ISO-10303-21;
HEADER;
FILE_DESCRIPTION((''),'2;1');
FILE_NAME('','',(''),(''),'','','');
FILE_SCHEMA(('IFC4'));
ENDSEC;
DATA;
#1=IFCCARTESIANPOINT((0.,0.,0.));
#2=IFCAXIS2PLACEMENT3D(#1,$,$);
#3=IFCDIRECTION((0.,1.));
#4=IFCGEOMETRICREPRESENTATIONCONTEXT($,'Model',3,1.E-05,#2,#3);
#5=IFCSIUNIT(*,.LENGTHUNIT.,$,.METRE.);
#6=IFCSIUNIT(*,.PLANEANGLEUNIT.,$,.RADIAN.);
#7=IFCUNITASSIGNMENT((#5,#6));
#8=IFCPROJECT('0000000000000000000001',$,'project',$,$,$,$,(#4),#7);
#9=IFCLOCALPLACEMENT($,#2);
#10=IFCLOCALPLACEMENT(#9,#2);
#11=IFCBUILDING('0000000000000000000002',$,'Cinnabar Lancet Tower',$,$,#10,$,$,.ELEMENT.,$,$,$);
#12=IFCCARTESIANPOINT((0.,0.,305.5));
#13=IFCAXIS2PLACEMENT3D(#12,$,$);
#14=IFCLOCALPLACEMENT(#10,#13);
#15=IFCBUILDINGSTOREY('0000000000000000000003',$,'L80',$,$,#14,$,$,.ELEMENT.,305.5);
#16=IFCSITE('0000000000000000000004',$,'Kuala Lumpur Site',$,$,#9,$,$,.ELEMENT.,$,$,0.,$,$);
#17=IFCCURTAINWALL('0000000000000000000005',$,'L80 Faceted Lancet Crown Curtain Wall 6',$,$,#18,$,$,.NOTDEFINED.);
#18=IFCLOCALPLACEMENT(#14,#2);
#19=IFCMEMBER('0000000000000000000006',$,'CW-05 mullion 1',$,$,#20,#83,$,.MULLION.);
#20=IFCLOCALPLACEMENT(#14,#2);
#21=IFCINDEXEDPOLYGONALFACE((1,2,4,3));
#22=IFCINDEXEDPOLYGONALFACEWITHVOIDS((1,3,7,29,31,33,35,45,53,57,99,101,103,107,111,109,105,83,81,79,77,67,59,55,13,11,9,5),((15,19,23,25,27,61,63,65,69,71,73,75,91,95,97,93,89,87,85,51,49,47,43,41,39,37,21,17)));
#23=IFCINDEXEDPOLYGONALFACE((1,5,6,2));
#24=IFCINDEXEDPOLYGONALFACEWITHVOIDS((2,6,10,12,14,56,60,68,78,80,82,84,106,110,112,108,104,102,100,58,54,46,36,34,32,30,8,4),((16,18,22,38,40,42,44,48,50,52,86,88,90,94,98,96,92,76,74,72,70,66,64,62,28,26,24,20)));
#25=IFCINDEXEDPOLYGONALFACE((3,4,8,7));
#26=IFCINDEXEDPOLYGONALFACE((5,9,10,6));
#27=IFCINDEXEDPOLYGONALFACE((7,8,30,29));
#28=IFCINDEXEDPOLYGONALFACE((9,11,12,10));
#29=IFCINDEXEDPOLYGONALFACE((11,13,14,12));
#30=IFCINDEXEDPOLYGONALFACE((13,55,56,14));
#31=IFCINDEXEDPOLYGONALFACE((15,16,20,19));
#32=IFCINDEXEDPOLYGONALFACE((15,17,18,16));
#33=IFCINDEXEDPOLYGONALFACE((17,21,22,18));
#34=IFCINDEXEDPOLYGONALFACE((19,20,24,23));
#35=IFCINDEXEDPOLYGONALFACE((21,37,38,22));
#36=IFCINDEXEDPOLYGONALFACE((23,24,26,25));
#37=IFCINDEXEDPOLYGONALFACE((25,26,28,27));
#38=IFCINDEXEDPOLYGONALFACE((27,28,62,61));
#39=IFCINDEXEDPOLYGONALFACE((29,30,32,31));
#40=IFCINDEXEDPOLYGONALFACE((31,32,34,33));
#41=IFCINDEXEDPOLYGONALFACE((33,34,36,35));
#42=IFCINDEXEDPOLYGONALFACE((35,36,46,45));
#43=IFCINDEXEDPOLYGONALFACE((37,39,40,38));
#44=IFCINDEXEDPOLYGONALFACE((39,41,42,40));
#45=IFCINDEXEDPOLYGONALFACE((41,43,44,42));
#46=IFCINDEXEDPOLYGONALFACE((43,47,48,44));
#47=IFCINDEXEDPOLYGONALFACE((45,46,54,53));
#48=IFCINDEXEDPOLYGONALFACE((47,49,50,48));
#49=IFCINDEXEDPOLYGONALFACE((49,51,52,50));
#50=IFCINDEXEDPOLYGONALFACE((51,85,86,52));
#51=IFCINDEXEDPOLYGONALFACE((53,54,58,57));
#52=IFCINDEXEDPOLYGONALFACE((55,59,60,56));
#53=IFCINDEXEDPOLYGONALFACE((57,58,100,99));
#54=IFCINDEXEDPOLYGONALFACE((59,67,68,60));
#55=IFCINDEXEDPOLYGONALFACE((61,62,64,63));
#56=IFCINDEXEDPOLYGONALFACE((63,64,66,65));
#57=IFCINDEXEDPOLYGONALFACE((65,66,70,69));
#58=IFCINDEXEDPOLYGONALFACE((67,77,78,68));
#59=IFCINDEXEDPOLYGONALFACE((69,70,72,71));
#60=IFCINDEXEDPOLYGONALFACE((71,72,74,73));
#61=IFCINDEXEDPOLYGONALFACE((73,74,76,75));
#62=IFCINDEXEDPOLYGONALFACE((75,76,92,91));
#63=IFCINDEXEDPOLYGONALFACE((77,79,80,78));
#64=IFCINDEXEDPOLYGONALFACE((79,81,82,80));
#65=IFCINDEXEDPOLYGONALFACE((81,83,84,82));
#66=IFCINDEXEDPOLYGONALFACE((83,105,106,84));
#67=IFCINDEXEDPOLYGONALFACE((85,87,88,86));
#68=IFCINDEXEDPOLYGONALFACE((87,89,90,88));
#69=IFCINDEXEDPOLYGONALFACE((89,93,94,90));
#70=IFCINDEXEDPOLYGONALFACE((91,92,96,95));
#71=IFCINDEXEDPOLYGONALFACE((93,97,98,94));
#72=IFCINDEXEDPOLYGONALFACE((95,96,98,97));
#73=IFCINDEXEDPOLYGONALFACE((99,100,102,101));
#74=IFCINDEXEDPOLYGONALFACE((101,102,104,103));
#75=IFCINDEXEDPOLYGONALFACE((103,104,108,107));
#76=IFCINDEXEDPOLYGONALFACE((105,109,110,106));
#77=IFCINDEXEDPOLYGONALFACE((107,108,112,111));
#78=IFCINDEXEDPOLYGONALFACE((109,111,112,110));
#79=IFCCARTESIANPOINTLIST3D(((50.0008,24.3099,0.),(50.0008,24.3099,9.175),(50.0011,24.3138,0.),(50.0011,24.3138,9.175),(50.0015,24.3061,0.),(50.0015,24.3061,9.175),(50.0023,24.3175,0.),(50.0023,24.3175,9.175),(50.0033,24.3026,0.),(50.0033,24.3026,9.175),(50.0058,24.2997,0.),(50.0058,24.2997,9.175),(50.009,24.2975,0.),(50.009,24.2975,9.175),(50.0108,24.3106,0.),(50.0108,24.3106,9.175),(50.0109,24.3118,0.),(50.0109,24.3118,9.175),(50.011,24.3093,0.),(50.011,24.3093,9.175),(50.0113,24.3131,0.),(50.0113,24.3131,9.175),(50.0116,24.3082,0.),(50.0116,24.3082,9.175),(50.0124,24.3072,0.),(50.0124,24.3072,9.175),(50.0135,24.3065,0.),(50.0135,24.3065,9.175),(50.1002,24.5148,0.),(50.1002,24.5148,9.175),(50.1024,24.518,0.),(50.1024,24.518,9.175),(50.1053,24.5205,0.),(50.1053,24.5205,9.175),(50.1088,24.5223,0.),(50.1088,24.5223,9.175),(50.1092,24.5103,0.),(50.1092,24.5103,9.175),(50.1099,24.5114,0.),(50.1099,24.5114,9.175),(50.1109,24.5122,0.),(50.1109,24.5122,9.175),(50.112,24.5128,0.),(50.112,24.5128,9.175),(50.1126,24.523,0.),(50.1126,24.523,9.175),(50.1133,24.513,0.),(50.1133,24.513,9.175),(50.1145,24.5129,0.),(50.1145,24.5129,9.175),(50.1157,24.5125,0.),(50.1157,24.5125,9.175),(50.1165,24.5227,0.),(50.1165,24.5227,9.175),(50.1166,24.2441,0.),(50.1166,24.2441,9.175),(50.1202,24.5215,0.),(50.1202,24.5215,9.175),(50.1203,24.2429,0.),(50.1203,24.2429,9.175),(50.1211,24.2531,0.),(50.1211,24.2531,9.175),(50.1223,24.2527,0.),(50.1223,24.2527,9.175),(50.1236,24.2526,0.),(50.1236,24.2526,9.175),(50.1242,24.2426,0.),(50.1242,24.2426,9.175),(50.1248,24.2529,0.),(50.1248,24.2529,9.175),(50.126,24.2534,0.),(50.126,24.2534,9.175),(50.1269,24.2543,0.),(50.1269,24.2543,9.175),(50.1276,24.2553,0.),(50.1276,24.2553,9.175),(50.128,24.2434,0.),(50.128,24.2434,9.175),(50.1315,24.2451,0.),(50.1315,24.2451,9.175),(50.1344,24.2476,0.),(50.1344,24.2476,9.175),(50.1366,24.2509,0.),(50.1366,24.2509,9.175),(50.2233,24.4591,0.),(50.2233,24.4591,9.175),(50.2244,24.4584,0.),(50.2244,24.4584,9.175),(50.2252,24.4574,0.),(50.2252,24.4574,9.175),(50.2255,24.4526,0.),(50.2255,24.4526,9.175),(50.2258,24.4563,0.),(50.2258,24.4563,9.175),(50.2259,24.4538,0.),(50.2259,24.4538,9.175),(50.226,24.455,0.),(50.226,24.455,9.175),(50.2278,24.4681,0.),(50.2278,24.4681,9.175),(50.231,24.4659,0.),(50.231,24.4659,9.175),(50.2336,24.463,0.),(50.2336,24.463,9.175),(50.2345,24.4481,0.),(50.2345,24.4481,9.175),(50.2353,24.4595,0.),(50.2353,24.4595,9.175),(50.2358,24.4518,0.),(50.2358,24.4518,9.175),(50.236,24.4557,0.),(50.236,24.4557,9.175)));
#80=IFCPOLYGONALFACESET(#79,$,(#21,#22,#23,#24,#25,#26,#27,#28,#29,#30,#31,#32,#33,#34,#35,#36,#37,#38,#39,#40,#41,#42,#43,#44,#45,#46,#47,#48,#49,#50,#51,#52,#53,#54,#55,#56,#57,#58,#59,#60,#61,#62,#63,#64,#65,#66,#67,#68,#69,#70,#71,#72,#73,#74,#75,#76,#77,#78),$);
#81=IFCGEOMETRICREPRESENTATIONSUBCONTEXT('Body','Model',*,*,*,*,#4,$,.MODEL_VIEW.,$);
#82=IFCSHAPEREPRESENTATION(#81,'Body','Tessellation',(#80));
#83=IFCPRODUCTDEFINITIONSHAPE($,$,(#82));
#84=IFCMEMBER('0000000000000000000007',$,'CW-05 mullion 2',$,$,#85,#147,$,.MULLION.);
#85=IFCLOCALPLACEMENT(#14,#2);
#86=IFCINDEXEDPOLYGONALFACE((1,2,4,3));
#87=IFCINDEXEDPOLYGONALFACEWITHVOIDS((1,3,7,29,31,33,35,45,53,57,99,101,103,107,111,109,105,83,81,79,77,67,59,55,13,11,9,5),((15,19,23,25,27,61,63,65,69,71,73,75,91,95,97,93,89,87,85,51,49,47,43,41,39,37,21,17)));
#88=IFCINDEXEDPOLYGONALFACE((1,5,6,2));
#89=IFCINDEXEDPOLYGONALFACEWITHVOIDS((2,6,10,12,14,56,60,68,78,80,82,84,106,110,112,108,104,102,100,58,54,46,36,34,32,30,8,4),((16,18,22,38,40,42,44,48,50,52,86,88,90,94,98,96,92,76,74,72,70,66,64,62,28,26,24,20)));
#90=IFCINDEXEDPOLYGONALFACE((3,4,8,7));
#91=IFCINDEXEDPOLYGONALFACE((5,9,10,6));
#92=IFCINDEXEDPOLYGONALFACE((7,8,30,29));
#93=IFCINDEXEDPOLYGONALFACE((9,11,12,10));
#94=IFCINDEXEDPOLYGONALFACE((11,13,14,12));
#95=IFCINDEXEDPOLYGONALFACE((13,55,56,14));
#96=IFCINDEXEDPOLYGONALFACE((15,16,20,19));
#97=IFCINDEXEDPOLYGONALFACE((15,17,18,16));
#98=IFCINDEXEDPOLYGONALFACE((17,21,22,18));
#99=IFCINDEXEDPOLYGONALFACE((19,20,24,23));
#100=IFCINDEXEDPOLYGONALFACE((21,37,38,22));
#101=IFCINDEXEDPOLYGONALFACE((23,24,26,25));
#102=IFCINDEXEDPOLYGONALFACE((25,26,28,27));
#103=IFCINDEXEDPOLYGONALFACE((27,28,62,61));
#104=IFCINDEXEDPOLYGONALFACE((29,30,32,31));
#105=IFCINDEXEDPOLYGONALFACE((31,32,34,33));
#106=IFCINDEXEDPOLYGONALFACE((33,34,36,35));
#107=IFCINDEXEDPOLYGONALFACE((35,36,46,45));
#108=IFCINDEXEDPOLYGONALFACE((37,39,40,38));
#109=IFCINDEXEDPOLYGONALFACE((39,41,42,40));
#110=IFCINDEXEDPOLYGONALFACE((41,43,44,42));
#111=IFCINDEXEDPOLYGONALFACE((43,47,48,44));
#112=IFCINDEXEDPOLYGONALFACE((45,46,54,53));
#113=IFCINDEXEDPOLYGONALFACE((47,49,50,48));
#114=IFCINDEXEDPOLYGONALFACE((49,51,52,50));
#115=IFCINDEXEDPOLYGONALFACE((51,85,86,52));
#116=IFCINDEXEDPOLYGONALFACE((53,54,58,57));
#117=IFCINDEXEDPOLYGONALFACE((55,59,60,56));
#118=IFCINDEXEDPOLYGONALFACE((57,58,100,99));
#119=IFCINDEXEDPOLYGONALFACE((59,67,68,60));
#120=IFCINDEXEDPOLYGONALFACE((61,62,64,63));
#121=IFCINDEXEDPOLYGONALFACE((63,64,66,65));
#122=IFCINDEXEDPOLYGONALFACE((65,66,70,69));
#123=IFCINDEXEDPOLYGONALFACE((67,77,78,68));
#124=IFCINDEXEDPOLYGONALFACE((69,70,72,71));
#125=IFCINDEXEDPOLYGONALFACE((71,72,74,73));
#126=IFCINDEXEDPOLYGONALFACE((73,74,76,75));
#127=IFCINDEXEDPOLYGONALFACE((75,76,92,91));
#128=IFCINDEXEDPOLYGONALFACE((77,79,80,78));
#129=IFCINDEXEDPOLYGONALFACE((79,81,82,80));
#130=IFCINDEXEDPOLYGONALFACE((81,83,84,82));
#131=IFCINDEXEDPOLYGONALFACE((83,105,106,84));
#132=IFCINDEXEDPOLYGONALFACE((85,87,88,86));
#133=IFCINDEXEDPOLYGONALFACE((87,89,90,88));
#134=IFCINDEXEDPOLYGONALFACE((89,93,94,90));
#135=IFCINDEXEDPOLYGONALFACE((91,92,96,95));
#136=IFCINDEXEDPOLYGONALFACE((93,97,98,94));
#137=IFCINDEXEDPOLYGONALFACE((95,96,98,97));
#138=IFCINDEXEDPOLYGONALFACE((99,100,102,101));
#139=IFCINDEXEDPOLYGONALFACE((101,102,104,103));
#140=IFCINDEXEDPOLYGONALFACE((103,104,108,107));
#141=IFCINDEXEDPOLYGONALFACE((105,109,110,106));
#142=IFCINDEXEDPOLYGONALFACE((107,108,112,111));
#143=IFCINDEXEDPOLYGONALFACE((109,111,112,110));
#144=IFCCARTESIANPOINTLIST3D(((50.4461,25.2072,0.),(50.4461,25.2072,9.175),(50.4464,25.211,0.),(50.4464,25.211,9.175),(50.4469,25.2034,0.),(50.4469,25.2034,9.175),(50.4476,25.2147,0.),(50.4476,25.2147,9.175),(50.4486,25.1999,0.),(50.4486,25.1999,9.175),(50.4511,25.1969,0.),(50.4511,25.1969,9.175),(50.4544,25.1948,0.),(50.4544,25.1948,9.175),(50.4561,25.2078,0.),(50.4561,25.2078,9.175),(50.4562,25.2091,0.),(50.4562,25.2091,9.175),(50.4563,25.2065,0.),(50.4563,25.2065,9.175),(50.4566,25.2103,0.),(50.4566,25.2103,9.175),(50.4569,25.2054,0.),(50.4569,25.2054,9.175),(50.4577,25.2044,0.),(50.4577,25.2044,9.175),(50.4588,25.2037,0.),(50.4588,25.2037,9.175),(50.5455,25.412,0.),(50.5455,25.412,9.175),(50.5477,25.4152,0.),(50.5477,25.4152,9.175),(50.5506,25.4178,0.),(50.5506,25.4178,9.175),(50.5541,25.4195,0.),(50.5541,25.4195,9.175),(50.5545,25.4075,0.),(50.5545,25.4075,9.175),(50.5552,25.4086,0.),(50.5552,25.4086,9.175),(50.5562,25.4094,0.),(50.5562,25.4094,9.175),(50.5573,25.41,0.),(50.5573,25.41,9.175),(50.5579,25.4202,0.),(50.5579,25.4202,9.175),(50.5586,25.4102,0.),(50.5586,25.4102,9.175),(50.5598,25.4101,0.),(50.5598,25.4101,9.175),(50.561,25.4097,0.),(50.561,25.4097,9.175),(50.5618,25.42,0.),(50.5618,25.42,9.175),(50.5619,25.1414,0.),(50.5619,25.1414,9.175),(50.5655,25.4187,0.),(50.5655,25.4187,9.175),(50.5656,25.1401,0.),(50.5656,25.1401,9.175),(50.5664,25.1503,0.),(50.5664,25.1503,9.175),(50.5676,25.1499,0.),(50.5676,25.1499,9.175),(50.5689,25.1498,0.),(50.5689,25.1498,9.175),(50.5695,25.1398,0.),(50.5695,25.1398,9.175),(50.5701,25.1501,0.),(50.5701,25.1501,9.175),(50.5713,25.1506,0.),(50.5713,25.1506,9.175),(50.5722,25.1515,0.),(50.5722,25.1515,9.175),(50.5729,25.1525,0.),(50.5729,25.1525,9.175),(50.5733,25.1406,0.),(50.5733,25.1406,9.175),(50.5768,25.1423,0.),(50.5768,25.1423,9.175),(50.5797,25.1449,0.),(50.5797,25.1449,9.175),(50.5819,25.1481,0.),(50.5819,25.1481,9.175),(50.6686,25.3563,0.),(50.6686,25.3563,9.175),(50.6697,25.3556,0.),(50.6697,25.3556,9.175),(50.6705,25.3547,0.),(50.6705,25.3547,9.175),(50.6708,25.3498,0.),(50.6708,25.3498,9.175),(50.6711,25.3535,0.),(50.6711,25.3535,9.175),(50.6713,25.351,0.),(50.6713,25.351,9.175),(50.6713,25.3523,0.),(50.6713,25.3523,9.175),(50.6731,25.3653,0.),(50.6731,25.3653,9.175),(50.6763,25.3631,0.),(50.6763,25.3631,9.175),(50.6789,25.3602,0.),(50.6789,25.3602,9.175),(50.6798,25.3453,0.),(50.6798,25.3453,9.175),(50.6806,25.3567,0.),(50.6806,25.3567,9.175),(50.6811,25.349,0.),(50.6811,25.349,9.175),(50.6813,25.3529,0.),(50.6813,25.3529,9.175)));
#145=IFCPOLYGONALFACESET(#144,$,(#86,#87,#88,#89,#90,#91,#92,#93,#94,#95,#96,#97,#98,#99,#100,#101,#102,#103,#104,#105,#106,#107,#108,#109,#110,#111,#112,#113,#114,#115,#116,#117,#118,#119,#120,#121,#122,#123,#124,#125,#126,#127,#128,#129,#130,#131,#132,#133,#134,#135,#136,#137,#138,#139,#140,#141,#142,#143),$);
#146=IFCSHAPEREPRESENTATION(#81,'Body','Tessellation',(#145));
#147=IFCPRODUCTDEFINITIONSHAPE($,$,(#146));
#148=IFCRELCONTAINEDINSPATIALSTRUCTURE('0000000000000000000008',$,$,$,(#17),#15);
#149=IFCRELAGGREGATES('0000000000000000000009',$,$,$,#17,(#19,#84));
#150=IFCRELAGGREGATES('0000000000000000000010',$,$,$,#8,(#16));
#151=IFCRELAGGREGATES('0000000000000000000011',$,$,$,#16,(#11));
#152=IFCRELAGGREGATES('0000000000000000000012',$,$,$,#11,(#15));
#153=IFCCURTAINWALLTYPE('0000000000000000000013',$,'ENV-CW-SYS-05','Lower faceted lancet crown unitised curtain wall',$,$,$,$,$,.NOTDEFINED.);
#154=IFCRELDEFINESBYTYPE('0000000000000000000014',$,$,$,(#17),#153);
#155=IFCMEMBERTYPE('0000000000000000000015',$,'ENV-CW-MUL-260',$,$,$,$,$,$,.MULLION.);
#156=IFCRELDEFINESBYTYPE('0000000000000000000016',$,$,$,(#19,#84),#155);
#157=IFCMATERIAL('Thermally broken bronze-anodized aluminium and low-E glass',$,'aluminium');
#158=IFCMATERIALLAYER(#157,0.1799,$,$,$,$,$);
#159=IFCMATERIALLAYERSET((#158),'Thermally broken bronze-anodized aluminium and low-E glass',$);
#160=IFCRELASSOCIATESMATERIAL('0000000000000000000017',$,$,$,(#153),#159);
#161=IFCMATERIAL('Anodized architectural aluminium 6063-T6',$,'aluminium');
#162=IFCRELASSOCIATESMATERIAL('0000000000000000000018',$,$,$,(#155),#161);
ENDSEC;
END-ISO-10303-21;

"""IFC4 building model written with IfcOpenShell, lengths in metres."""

from ifc_helpers import new_model, si_unit, direction, frame, origin, origin_2d, place, context, subcontext, project, spatial, hollow_rectangle, extrude, material, layer, layer_set, material_profile, profile_set, type_object, element, aggregate, save


model = new_model("IFC4")

# Units and contexts
model_context = context("Model", 3, precision=1e-05, world=origin(), true_north=direction((0.0, 1.0)))
body_context = subcontext(model_context, "Body", "Model", "MODEL_VIEW")
ifc_project = project(units=[si_unit("LENGTHUNIT", "METRE"), si_unit("PLANEANGLEUNIT", "RADIAN")], contexts=[model_context])

# Site, building, storey
site_placement = place(None, origin())
site = spatial("IfcSite", under=ifc_project, at=site_placement, Name="Kuala Lumpur Site", CompositionType="ELEMENT", RefElevation=0.0)
building_placement = place(site_placement, origin())
building = spatial("IfcBuilding", under=site, at=building_placement, Name="Cinnabar Lancet Tower", CompositionType="ELEMENT")
storey_placement = place(building_placement, frame((0.0, 0.0, 305.5)))
storey = spatial("IfcBuildingStorey", under=building, at=storey_placement, Name="L80", CompositionType="ELEMENT", Elevation=305.5)

# Curtain wall, members
ifc_material_1 = material(Name="Thermally broken bronze-anodized aluminium and low-E glass", Category="aluminium")
ifc_layer_1 = layer(ifc_material_1, 0.1799)
ifc_layer_set_1 = layer_set([ifc_layer_1], Name="Thermally broken bronze-anodized aluminium and low-E glass")
curtain_wall_type = type_object("IfcCurtainWallType", Name="ENV-CW-SYS-05", Description="Lower faceted lancet crown unitised curtain wall", PredefinedType="NOTDEFINED", material=ifc_layer_set_1)
ifc_material_2 = material(Name="Anodized architectural aluminium 6063-T6", Category="aluminium")
ifc_material_profile_1 = material_profile(ifc_material_2, hollow_rectangle(XDim=0.1499, YDim=0.25, WallThickness=0.01, InnerFilletRadius=0.0049, OuterFilletRadius=0.0149, at=origin_2d()), Name="RHS 250x150x10")
ifc_profile_set_1 = profile_set([ifc_material_profile_1], Name="Anodized architectural aluminium 6063-T6")
member_type_1 = type_object("IfcMemberType", Name="ENV-CW-MUL-260", PredefinedType="MULLION", material=ifc_profile_set_1)
curtain_wall_1_placement = place(storey_placement, origin())
curtain_wall_1 = element("IfcCurtainWall", 1, at=curtain_wall_1_placement, inside=storey, type_object=curtain_wall_type, Name="L80 Faceted Lancet Crown Curtain Wall 6", PredefinedType="NOTDEFINED")
member_1_placement = place(storey_placement, frame((50.1184, 24.3828, 0.0), z_axis=(0.0, 0.0, 1.0), x_axis=(-0.895742, 0.444574, 0.0)))
member_1 = element("IfcMember", 2, at=member_1_placement, type_object=member_type_1, Name="CW-05 mullion 1", PredefinedType="MULLION", context=body_context, shape_type="SweptSolid", body=[
    extrude(hollow_rectangle(XDim=0.1499, YDim=0.25, WallThickness=0.01, InnerFilletRadius=0.0049, OuterFilletRadius=0.0149, at=origin_2d()), origin(), (0.0, 0.0, 1.0), 9.175),
])
member_2_placement = place(storey_placement, frame((50.5637, 25.28, 0.0), z_axis=(0.0, 0.0, 1.0), x_axis=(-0.895742, 0.444574, 0.0)))
member_2 = element("IfcMember", 3, at=member_2_placement, type_object=member_type_1, Name="CW-05 mullion 2", PredefinedType="MULLION", context=body_context, shape_type="SweptSolid", body=[
    extrude(hollow_rectangle(XDim=0.1499, YDim=0.25, WallThickness=0.01, InnerFilletRadius=0.0049, OuterFilletRadius=0.0149, at=origin_2d()), origin(), (0.0, 0.0, 1.0), 9.175),
])

aggregate(curtain_wall_1, [member_1, member_2])

save(model, "model.ifc")
